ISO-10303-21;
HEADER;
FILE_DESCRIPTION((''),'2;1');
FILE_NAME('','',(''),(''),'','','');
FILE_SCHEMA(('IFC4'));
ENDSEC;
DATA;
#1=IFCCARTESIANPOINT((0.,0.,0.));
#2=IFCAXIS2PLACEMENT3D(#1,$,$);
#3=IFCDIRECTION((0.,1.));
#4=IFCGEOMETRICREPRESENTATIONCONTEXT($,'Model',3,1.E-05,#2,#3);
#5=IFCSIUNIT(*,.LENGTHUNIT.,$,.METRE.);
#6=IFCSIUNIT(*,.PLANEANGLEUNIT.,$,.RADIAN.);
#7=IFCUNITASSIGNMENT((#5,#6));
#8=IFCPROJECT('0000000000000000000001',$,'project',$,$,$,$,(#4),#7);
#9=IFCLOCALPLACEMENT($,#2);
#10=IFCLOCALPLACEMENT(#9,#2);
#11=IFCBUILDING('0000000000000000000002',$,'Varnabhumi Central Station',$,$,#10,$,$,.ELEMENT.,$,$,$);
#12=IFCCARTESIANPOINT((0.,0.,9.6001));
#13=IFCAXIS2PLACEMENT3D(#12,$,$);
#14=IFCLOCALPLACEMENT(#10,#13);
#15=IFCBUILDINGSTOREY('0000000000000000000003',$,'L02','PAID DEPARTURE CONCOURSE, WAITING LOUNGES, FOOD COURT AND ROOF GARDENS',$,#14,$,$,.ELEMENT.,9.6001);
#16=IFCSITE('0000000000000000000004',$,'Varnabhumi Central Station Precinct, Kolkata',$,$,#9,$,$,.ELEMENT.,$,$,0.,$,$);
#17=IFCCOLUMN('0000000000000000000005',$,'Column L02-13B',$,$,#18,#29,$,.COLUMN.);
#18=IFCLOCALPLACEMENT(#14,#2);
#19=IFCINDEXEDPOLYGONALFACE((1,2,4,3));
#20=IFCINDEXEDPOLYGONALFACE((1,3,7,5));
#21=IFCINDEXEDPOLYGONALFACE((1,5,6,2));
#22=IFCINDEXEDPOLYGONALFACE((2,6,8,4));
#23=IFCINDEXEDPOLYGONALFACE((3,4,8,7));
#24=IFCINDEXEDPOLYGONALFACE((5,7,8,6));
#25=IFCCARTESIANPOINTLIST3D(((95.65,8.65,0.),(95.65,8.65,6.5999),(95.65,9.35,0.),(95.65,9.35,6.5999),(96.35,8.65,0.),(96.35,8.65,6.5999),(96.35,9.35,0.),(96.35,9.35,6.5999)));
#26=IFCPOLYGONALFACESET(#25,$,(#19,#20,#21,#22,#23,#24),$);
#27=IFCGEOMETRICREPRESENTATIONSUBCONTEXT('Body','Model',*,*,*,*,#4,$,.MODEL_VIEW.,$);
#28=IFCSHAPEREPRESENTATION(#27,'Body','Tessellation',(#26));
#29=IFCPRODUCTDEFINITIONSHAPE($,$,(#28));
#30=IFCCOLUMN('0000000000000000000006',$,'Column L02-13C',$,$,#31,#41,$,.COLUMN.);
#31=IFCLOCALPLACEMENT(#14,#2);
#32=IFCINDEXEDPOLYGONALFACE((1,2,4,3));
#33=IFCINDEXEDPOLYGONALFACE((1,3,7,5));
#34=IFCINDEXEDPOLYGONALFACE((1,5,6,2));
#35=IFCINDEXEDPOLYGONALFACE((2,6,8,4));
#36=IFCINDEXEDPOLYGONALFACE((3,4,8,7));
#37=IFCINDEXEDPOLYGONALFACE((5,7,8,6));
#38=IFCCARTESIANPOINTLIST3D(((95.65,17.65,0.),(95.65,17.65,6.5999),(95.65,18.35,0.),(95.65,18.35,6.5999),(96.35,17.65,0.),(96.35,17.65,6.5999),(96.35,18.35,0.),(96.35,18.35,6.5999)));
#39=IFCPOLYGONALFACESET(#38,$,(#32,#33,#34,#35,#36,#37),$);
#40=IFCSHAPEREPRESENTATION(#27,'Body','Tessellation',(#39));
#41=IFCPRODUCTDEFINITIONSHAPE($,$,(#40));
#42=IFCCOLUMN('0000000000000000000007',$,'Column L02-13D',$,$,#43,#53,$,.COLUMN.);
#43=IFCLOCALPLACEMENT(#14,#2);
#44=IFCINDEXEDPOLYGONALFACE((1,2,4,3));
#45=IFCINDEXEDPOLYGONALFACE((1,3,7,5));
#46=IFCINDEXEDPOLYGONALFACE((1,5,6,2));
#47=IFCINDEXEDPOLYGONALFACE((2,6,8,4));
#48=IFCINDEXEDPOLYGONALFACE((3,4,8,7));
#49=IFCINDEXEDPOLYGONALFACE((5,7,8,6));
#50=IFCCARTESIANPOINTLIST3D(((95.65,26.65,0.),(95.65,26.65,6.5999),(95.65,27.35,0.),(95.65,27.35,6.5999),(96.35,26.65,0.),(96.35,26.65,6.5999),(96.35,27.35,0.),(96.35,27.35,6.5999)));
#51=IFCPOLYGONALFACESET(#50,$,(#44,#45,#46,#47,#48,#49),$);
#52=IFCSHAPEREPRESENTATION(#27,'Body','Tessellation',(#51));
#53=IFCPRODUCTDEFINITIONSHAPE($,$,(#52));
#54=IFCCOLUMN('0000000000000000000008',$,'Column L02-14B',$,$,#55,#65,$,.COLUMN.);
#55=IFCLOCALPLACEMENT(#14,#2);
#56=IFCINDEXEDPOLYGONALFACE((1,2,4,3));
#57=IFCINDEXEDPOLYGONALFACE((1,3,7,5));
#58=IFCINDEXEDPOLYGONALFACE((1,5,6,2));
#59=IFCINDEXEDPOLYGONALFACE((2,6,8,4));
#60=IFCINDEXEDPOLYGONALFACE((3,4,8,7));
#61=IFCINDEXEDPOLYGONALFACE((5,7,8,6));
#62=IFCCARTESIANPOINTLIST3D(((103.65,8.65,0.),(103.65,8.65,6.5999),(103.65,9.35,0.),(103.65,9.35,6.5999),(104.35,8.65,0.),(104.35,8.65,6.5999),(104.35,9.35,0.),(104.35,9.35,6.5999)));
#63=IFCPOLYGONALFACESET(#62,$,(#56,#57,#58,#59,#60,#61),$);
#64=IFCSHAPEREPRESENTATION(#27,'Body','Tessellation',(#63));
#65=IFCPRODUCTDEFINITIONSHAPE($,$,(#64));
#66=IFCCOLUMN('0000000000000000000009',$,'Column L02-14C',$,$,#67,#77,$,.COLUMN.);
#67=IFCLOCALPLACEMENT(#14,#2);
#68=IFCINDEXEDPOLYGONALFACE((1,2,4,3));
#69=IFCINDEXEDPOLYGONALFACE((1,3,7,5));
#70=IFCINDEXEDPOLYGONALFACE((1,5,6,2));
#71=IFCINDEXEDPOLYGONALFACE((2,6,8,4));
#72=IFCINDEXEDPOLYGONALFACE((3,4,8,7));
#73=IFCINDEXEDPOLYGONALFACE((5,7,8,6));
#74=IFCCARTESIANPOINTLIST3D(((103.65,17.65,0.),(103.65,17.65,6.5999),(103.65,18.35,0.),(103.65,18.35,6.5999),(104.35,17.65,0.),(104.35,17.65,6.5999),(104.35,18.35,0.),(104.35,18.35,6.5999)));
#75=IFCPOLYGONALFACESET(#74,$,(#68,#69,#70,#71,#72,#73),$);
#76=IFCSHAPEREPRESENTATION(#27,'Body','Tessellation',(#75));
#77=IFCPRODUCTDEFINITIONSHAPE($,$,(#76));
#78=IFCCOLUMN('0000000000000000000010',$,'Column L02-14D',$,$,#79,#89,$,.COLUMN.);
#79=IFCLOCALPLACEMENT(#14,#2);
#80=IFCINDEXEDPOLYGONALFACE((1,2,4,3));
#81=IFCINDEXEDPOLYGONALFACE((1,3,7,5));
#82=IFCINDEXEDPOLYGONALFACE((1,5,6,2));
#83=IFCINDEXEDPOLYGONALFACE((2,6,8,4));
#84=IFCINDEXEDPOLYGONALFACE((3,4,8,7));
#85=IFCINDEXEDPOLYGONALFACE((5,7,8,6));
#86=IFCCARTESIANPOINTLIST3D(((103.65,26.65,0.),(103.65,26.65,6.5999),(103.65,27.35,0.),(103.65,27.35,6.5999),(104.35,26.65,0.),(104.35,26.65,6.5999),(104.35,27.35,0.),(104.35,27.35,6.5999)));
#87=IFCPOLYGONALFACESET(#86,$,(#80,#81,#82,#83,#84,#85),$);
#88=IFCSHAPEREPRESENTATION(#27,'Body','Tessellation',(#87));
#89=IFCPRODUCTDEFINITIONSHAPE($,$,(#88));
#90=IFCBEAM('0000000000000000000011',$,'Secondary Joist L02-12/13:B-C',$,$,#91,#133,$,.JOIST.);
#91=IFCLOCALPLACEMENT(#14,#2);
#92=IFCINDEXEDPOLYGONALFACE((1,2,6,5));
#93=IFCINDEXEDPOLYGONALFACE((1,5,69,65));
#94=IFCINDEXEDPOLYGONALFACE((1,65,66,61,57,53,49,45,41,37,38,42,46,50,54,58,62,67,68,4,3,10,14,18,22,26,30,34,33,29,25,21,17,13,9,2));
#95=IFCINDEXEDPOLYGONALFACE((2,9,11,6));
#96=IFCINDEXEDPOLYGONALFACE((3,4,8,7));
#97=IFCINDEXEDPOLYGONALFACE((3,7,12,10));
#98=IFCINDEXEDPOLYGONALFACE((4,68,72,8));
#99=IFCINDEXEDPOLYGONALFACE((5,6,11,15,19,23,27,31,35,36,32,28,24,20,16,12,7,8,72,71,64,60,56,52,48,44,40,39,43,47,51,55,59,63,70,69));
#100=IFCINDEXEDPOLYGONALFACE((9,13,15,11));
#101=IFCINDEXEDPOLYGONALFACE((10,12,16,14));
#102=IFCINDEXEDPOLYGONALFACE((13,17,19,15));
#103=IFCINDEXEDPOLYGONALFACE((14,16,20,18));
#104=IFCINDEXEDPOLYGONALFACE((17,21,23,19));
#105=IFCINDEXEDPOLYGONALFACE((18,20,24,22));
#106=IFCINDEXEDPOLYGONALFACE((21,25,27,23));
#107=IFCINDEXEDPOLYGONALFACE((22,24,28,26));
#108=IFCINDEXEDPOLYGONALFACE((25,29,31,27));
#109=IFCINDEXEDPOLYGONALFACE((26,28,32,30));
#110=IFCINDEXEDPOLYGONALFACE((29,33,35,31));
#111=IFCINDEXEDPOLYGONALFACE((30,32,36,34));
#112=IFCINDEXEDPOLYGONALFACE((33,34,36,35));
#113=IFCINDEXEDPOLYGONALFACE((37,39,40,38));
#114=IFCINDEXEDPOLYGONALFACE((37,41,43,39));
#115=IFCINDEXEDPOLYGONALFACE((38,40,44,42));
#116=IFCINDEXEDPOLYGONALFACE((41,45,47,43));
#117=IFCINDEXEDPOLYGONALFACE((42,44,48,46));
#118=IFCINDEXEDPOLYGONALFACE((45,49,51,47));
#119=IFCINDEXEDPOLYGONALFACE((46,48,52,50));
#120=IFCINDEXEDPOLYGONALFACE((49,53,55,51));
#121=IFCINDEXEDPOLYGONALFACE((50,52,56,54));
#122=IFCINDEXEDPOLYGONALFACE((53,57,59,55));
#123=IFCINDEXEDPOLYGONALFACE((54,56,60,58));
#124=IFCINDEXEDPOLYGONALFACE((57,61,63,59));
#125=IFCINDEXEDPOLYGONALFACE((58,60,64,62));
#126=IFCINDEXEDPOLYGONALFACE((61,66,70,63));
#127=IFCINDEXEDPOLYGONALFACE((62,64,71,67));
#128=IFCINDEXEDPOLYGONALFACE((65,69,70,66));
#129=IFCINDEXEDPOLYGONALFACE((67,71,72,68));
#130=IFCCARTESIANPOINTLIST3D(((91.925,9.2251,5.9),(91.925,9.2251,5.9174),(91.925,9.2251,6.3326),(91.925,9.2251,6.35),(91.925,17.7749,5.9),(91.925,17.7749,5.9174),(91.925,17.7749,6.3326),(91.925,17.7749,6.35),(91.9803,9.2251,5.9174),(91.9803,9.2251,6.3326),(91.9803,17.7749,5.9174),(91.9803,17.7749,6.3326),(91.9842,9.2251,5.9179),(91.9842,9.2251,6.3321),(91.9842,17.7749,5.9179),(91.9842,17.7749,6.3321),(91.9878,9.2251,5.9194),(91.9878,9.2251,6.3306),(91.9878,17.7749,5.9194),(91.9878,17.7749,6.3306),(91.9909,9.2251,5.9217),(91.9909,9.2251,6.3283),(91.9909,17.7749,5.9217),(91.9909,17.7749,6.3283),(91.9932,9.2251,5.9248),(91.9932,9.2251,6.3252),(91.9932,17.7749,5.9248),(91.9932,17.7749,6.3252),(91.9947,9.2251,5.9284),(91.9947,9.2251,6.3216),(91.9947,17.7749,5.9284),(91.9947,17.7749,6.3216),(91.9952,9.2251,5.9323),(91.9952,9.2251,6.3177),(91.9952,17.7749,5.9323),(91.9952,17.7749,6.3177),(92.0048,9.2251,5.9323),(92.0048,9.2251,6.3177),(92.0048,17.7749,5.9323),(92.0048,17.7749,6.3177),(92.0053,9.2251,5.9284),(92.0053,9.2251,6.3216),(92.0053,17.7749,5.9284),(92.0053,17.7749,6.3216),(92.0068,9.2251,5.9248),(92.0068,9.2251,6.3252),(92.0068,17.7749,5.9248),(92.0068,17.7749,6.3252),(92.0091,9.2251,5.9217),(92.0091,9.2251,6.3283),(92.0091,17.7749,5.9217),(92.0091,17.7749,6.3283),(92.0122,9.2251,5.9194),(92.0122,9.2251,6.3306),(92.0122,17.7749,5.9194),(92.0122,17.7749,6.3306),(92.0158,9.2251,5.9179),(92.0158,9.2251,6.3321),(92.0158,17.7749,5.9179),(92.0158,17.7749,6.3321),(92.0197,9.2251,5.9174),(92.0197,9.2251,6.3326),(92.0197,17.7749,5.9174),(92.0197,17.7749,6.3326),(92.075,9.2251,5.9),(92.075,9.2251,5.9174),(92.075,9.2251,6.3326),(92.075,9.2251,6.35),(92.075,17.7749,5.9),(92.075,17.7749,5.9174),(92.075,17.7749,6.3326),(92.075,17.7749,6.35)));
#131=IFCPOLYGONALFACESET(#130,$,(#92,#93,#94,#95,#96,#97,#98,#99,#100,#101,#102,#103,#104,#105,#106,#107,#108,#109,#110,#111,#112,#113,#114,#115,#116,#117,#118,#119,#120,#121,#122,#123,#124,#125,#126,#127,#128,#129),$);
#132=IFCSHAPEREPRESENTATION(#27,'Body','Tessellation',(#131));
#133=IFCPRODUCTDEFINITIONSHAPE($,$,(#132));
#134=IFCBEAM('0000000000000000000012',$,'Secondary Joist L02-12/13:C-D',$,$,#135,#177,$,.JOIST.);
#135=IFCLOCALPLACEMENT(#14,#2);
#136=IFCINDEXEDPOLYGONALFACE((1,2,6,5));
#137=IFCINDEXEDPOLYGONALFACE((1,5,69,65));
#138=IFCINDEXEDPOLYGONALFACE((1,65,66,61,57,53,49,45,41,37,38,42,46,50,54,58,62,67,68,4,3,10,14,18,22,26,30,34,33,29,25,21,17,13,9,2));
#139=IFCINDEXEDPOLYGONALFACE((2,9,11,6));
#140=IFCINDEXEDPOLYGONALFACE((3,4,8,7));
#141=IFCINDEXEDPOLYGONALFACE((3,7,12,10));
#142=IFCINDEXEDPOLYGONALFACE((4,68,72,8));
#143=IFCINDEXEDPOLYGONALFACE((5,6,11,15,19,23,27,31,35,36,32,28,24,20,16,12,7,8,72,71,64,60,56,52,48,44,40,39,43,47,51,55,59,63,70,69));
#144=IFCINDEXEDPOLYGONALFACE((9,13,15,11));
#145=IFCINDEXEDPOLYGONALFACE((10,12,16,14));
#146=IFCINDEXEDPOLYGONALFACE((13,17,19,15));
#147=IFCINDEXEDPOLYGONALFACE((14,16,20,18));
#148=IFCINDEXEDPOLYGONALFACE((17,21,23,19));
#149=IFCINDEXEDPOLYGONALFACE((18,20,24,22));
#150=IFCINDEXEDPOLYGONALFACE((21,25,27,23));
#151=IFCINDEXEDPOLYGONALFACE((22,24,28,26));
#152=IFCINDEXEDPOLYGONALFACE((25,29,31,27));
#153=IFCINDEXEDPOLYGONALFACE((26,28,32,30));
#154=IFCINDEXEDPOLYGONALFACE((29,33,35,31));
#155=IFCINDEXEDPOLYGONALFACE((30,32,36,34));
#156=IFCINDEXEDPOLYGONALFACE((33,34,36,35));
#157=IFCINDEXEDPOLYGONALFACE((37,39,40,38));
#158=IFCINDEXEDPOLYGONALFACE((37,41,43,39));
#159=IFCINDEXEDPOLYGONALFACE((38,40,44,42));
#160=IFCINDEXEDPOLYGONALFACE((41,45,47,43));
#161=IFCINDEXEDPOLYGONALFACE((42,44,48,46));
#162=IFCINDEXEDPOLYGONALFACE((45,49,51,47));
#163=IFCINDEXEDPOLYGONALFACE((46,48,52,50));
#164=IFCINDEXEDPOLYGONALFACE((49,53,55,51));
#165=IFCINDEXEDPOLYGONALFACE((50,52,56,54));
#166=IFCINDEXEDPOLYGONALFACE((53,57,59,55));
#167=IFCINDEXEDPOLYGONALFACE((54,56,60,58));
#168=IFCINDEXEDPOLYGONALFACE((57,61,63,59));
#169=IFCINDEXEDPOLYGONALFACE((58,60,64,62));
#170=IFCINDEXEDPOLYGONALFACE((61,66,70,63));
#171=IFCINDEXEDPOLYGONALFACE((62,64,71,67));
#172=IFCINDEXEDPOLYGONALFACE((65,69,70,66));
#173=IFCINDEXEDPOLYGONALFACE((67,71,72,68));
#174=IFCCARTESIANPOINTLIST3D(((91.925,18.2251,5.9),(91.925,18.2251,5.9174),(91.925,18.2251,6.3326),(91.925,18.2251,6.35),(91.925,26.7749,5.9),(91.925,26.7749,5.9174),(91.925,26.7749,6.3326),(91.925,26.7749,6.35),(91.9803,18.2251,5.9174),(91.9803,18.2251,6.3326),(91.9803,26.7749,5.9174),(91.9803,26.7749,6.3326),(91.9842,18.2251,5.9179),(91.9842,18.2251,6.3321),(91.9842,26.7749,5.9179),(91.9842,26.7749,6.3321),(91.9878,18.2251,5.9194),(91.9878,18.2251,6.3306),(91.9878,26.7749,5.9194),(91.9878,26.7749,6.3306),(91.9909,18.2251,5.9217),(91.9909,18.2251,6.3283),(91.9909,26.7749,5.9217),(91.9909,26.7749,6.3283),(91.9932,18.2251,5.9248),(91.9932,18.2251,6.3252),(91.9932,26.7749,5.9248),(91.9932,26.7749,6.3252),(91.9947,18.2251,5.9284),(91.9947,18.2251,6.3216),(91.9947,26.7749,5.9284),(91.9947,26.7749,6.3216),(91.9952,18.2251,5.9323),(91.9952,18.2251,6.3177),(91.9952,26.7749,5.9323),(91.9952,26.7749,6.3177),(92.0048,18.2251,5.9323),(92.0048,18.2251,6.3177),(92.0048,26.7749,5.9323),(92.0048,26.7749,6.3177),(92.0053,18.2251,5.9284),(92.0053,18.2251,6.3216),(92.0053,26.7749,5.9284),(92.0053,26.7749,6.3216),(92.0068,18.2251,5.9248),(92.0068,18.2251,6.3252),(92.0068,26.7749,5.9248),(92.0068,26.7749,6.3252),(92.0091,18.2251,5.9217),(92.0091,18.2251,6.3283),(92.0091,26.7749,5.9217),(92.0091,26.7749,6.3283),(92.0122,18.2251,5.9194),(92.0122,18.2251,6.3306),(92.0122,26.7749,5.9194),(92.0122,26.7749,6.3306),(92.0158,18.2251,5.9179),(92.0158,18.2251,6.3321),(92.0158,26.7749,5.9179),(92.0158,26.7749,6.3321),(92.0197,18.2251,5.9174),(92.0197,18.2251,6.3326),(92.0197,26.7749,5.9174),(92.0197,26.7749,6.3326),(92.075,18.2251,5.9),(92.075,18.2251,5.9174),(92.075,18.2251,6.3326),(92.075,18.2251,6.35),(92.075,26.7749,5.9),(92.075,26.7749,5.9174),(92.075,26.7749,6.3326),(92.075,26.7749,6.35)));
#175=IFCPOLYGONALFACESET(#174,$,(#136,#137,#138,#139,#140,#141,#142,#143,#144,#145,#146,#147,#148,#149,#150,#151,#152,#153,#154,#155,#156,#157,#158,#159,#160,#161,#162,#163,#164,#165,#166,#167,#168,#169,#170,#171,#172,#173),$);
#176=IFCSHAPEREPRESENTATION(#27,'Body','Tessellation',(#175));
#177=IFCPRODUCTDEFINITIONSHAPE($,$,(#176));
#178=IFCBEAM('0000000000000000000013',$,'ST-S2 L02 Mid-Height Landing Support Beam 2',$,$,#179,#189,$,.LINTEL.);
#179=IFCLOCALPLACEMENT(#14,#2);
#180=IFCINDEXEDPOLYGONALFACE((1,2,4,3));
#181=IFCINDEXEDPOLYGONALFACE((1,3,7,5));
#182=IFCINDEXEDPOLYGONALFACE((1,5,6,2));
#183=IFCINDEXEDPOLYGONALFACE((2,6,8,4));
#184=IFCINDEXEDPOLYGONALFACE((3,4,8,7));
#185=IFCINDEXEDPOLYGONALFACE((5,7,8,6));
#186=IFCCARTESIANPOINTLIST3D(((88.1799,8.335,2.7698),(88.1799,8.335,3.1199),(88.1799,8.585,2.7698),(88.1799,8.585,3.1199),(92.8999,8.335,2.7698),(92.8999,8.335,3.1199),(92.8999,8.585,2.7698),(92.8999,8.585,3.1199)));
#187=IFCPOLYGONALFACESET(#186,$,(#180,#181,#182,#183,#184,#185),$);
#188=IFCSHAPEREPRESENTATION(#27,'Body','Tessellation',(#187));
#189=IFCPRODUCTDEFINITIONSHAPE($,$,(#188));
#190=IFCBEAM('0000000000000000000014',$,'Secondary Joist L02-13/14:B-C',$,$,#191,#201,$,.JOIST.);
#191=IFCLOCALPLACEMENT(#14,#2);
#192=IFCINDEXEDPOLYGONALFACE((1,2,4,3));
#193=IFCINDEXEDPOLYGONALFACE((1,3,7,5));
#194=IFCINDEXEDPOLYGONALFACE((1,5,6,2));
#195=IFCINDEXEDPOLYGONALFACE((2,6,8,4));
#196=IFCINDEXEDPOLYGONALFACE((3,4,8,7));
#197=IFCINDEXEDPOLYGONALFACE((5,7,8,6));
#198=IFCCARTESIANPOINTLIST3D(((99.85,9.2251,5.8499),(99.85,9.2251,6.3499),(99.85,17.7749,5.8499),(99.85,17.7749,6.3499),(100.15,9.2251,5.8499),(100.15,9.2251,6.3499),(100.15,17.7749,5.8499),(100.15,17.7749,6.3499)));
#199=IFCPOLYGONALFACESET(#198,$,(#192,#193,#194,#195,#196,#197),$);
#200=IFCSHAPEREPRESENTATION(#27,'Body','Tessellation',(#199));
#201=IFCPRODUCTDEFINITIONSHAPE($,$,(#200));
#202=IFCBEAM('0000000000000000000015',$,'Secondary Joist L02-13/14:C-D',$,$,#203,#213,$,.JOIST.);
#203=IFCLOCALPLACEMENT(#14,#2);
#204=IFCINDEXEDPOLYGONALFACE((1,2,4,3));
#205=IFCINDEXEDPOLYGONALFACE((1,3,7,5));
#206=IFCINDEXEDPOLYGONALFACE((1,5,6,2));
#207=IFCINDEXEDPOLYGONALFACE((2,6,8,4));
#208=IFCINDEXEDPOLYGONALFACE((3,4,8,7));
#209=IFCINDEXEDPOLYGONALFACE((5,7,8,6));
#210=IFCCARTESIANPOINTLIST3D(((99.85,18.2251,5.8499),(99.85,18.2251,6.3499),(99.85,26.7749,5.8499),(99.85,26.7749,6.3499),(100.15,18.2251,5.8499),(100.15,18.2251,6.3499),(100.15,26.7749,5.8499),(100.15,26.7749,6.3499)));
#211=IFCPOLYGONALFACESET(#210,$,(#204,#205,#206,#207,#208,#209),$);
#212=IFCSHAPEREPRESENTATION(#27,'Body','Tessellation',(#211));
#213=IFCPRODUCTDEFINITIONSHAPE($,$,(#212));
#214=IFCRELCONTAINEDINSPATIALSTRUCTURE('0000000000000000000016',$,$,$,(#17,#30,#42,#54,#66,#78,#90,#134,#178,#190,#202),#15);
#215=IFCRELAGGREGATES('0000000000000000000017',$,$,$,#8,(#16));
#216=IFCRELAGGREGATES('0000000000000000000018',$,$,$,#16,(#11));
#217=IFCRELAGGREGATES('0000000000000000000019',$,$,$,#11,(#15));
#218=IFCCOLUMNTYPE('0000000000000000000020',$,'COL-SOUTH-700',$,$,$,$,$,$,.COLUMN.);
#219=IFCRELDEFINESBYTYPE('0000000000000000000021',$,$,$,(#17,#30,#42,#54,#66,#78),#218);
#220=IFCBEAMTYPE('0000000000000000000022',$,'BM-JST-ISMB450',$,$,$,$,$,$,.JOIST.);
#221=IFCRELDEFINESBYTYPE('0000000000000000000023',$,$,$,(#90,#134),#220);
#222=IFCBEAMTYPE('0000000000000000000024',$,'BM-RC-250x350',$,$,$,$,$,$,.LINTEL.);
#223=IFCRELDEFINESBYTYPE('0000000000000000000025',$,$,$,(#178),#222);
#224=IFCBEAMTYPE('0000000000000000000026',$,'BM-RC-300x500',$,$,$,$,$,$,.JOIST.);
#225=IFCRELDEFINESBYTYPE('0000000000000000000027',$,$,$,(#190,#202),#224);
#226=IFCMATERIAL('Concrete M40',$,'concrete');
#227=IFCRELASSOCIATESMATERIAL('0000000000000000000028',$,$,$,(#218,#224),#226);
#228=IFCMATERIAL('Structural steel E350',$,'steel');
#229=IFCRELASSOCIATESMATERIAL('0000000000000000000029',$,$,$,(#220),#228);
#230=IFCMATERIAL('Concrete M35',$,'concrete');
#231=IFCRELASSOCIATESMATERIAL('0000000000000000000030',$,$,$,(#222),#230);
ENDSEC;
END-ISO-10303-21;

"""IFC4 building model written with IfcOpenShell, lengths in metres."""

from ifc_helpers import new_model, si_unit, direction, frame, origin, origin_2d, place, context, subcontext, project, spatial, rectangle, i_section, extrude, material, material_profile, profile_set, type_object, element, save


model = new_model("IFC4")

# Units and contexts
model_context = context("Model", 3, precision=1e-05, world=origin(), true_north=direction((0.0, 1.0)))
body_context = subcontext(model_context, "Body", "Model", "MODEL_VIEW")
ifc_project = project(units=[si_unit("LENGTHUNIT", "METRE"), si_unit("PLANEANGLEUNIT", "RADIAN")], contexts=[model_context])

# Site, building, storey
site_placement = place(None, origin())
site = spatial("IfcSite", under=ifc_project, at=site_placement, Name="Varnabhumi Central Station Precinct, Kolkata", CompositionType="ELEMENT", RefElevation=0.0)
building_placement = place(site_placement, origin())
building = spatial("IfcBuilding", under=site, at=building_placement, Name="Varnabhumi Central Station", CompositionType="ELEMENT")
storey_placement = place(building_placement, frame((0.0, 0.0, 9.6001)))
storey = spatial("IfcBuildingStorey", under=building, at=storey_placement, Name="L02", Description="PAID DEPARTURE CONCOURSE, WAITING LOUNGES, FOOD COURT AND ROOF GARDENS", CompositionType="ELEMENT", Elevation=9.6001)

# Columns
ifc_material_1 = material(Name="Concrete M40", Category="concrete")
ifc_material_profile_1 = material_profile(ifc_material_1, rectangle(XDim=0.7, YDim=0.7, at=origin_2d()), Name="Concrete M40", Category="concrete")
ifc_profile_set_1 = profile_set([ifc_material_profile_1], Name="Concrete M40")
column_type = type_object("IfcColumnType", Name="COL-SOUTH-700", PredefinedType="COLUMN", material=ifc_profile_set_1)
for number, where, z_axis, x_axis, name in (
    (1, (96.0, 9.0, 0.0), (0.0, 0.0, 1.0), (1.0, 0.0, 0.0), "Column L02-13B"),
    (2, (96.0, 18.0, 0.0), (0.0, 0.0, 1.0), (1.0, 0.0, 0.0), "Column L02-13C"),
    (3, (96.0, 27.0, 0.0), (0.0, 0.0, 1.0), (1.0, 0.0, 0.0), "Column L02-13D"),
    (4, (104.0, 9.0, 0.0), (0.0, 0.0, 1.0), (1.0, 0.0, 0.0), "Column L02-14B"),
    (5, (104.0, 18.0, 0.0), (0.0, 0.0, 1.0), (1.0, 0.0, 0.0), "Column L02-14C"),
    (6, (104.0, 27.0, 0.0), (0.0, 0.0, 1.0), (1.0, 0.0, 0.0), "Column L02-14D"),
):
    element("IfcColumn", number, at=place(storey_placement, frame(where, z_axis=z_axis, x_axis=x_axis)), inside=storey, type_object=column_type, Name=name, PredefinedType="COLUMN", context=body_context, shape_type="SweptSolid", body=[
        extrude(rectangle(XDim=0.7, YDim=0.7, at=origin_2d()), origin(), (0.0, 0.0, 1.0), 6.5999),
    ])

# Beams
ifc_material_2 = material(Name="Structural steel E350", Category="steel")
ifc_material_profile_2 = material_profile(ifc_material_2, i_section(OverallWidth=0.1499, OverallDepth=0.45, WebThickness=0.0095, FlangeThickness=0.0173, FilletRadius=0.0149, at=origin_2d()), Name="Structural steel E350", Category="steel")
ifc_profile_set_2 = profile_set([ifc_material_profile_2], Name="Structural steel E350")
beam_type_1 = type_object("IfcBeamType", Name="BM-JST-ISMB450", PredefinedType="JOIST", material=ifc_profile_set_2)
for number, where, z_axis, x_axis, name in (
    (7, (92.0, 9.2251, 6.125), (0.0, 1.0, 0.0), (-1.0, 0.0, 0.0), "Secondary Joist L02-12/13:B-C"),
    (8, (92.0, 18.2251, 6.125), (0.0, 1.0, 0.0), (-1.0, 0.0, 0.0), "Secondary Joist L02-12/13:C-D"),
):
    element("IfcBeam", number, at=place(storey_placement, frame(where, z_axis=z_axis, x_axis=x_axis)), inside=storey, type_object=beam_type_1, Name=name, PredefinedType="JOIST", context=body_context, shape_type="SweptSolid", body=[
        extrude(i_section(OverallWidth=0.1499, OverallDepth=0.45, WebThickness=0.0095, FlangeThickness=0.0173, FilletRadius=0.0149, at=origin_2d()), origin(), (0.0, 0.0, 1.0), 8.5498),
    ])
ifc_material_3 = material(Name="Concrete M35", Category="concrete")
ifc_material_profile_3 = material_profile(ifc_material_3, rectangle(XDim=0.25, YDim=0.3501, at=origin_2d()), Name="Concrete M35", Category="concrete")
ifc_profile_set_3 = profile_set([ifc_material_profile_3], Name="Concrete M35")
beam_type_2 = type_object("IfcBeamType", Name="BM-RC-250x350", PredefinedType="LINTEL", material=ifc_profile_set_3)
beam_placement = place(storey_placement, frame((88.1799, 8.46, 2.9448), z_axis=(1.0, 0.0, 0.0), x_axis=(0.0, 1.0, 0.0)))
element("IfcBeam", 9, at=beam_placement, inside=storey, type_object=beam_type_2, Name="ST-S2 L02 Mid-Height Landing Support Beam 2", PredefinedType="LINTEL", context=body_context, shape_type="SweptSolid", body=[
    extrude(rectangle(XDim=0.25, YDim=0.3501, at=origin_2d()), origin(), (0.0, 0.0, 1.0), 4.72),
])
ifc_material_profile_4 = material_profile(ifc_material_1, rectangle(XDim=0.3, YDim=0.5, at=origin_2d()), Name="Concrete M40", Category="concrete")
ifc_profile_set_4 = profile_set([ifc_material_profile_4], Name="Concrete M40")
beam_type_3 = type_object("IfcBeamType", Name="BM-RC-300x500", PredefinedType="JOIST", material=ifc_profile_set_4)
for number, where, z_axis, x_axis, name in (
    (10, (100.0, 9.2251, 6.0999), (0.0, 1.0, 0.0), (-1.0, 0.0, 0.0), "Secondary Joist L02-13/14:B-C"),
    (11, (100.0, 18.2251, 6.0999), (0.0, 1.0, 0.0), (-1.0, 0.0, 0.0), "Secondary Joist L02-13/14:C-D"),
):
    element("IfcBeam", number, at=place(storey_placement, frame(where, z_axis=z_axis, x_axis=x_axis)), inside=storey, type_object=beam_type_3, Name=name, PredefinedType="JOIST", context=body_context, shape_type="SweptSolid", body=[
        extrude(rectangle(XDim=0.3, YDim=0.5, at=origin_2d()), origin(), (0.0, 0.0, 1.0), 8.5498),
    ])

save(model, "model.ifc")
